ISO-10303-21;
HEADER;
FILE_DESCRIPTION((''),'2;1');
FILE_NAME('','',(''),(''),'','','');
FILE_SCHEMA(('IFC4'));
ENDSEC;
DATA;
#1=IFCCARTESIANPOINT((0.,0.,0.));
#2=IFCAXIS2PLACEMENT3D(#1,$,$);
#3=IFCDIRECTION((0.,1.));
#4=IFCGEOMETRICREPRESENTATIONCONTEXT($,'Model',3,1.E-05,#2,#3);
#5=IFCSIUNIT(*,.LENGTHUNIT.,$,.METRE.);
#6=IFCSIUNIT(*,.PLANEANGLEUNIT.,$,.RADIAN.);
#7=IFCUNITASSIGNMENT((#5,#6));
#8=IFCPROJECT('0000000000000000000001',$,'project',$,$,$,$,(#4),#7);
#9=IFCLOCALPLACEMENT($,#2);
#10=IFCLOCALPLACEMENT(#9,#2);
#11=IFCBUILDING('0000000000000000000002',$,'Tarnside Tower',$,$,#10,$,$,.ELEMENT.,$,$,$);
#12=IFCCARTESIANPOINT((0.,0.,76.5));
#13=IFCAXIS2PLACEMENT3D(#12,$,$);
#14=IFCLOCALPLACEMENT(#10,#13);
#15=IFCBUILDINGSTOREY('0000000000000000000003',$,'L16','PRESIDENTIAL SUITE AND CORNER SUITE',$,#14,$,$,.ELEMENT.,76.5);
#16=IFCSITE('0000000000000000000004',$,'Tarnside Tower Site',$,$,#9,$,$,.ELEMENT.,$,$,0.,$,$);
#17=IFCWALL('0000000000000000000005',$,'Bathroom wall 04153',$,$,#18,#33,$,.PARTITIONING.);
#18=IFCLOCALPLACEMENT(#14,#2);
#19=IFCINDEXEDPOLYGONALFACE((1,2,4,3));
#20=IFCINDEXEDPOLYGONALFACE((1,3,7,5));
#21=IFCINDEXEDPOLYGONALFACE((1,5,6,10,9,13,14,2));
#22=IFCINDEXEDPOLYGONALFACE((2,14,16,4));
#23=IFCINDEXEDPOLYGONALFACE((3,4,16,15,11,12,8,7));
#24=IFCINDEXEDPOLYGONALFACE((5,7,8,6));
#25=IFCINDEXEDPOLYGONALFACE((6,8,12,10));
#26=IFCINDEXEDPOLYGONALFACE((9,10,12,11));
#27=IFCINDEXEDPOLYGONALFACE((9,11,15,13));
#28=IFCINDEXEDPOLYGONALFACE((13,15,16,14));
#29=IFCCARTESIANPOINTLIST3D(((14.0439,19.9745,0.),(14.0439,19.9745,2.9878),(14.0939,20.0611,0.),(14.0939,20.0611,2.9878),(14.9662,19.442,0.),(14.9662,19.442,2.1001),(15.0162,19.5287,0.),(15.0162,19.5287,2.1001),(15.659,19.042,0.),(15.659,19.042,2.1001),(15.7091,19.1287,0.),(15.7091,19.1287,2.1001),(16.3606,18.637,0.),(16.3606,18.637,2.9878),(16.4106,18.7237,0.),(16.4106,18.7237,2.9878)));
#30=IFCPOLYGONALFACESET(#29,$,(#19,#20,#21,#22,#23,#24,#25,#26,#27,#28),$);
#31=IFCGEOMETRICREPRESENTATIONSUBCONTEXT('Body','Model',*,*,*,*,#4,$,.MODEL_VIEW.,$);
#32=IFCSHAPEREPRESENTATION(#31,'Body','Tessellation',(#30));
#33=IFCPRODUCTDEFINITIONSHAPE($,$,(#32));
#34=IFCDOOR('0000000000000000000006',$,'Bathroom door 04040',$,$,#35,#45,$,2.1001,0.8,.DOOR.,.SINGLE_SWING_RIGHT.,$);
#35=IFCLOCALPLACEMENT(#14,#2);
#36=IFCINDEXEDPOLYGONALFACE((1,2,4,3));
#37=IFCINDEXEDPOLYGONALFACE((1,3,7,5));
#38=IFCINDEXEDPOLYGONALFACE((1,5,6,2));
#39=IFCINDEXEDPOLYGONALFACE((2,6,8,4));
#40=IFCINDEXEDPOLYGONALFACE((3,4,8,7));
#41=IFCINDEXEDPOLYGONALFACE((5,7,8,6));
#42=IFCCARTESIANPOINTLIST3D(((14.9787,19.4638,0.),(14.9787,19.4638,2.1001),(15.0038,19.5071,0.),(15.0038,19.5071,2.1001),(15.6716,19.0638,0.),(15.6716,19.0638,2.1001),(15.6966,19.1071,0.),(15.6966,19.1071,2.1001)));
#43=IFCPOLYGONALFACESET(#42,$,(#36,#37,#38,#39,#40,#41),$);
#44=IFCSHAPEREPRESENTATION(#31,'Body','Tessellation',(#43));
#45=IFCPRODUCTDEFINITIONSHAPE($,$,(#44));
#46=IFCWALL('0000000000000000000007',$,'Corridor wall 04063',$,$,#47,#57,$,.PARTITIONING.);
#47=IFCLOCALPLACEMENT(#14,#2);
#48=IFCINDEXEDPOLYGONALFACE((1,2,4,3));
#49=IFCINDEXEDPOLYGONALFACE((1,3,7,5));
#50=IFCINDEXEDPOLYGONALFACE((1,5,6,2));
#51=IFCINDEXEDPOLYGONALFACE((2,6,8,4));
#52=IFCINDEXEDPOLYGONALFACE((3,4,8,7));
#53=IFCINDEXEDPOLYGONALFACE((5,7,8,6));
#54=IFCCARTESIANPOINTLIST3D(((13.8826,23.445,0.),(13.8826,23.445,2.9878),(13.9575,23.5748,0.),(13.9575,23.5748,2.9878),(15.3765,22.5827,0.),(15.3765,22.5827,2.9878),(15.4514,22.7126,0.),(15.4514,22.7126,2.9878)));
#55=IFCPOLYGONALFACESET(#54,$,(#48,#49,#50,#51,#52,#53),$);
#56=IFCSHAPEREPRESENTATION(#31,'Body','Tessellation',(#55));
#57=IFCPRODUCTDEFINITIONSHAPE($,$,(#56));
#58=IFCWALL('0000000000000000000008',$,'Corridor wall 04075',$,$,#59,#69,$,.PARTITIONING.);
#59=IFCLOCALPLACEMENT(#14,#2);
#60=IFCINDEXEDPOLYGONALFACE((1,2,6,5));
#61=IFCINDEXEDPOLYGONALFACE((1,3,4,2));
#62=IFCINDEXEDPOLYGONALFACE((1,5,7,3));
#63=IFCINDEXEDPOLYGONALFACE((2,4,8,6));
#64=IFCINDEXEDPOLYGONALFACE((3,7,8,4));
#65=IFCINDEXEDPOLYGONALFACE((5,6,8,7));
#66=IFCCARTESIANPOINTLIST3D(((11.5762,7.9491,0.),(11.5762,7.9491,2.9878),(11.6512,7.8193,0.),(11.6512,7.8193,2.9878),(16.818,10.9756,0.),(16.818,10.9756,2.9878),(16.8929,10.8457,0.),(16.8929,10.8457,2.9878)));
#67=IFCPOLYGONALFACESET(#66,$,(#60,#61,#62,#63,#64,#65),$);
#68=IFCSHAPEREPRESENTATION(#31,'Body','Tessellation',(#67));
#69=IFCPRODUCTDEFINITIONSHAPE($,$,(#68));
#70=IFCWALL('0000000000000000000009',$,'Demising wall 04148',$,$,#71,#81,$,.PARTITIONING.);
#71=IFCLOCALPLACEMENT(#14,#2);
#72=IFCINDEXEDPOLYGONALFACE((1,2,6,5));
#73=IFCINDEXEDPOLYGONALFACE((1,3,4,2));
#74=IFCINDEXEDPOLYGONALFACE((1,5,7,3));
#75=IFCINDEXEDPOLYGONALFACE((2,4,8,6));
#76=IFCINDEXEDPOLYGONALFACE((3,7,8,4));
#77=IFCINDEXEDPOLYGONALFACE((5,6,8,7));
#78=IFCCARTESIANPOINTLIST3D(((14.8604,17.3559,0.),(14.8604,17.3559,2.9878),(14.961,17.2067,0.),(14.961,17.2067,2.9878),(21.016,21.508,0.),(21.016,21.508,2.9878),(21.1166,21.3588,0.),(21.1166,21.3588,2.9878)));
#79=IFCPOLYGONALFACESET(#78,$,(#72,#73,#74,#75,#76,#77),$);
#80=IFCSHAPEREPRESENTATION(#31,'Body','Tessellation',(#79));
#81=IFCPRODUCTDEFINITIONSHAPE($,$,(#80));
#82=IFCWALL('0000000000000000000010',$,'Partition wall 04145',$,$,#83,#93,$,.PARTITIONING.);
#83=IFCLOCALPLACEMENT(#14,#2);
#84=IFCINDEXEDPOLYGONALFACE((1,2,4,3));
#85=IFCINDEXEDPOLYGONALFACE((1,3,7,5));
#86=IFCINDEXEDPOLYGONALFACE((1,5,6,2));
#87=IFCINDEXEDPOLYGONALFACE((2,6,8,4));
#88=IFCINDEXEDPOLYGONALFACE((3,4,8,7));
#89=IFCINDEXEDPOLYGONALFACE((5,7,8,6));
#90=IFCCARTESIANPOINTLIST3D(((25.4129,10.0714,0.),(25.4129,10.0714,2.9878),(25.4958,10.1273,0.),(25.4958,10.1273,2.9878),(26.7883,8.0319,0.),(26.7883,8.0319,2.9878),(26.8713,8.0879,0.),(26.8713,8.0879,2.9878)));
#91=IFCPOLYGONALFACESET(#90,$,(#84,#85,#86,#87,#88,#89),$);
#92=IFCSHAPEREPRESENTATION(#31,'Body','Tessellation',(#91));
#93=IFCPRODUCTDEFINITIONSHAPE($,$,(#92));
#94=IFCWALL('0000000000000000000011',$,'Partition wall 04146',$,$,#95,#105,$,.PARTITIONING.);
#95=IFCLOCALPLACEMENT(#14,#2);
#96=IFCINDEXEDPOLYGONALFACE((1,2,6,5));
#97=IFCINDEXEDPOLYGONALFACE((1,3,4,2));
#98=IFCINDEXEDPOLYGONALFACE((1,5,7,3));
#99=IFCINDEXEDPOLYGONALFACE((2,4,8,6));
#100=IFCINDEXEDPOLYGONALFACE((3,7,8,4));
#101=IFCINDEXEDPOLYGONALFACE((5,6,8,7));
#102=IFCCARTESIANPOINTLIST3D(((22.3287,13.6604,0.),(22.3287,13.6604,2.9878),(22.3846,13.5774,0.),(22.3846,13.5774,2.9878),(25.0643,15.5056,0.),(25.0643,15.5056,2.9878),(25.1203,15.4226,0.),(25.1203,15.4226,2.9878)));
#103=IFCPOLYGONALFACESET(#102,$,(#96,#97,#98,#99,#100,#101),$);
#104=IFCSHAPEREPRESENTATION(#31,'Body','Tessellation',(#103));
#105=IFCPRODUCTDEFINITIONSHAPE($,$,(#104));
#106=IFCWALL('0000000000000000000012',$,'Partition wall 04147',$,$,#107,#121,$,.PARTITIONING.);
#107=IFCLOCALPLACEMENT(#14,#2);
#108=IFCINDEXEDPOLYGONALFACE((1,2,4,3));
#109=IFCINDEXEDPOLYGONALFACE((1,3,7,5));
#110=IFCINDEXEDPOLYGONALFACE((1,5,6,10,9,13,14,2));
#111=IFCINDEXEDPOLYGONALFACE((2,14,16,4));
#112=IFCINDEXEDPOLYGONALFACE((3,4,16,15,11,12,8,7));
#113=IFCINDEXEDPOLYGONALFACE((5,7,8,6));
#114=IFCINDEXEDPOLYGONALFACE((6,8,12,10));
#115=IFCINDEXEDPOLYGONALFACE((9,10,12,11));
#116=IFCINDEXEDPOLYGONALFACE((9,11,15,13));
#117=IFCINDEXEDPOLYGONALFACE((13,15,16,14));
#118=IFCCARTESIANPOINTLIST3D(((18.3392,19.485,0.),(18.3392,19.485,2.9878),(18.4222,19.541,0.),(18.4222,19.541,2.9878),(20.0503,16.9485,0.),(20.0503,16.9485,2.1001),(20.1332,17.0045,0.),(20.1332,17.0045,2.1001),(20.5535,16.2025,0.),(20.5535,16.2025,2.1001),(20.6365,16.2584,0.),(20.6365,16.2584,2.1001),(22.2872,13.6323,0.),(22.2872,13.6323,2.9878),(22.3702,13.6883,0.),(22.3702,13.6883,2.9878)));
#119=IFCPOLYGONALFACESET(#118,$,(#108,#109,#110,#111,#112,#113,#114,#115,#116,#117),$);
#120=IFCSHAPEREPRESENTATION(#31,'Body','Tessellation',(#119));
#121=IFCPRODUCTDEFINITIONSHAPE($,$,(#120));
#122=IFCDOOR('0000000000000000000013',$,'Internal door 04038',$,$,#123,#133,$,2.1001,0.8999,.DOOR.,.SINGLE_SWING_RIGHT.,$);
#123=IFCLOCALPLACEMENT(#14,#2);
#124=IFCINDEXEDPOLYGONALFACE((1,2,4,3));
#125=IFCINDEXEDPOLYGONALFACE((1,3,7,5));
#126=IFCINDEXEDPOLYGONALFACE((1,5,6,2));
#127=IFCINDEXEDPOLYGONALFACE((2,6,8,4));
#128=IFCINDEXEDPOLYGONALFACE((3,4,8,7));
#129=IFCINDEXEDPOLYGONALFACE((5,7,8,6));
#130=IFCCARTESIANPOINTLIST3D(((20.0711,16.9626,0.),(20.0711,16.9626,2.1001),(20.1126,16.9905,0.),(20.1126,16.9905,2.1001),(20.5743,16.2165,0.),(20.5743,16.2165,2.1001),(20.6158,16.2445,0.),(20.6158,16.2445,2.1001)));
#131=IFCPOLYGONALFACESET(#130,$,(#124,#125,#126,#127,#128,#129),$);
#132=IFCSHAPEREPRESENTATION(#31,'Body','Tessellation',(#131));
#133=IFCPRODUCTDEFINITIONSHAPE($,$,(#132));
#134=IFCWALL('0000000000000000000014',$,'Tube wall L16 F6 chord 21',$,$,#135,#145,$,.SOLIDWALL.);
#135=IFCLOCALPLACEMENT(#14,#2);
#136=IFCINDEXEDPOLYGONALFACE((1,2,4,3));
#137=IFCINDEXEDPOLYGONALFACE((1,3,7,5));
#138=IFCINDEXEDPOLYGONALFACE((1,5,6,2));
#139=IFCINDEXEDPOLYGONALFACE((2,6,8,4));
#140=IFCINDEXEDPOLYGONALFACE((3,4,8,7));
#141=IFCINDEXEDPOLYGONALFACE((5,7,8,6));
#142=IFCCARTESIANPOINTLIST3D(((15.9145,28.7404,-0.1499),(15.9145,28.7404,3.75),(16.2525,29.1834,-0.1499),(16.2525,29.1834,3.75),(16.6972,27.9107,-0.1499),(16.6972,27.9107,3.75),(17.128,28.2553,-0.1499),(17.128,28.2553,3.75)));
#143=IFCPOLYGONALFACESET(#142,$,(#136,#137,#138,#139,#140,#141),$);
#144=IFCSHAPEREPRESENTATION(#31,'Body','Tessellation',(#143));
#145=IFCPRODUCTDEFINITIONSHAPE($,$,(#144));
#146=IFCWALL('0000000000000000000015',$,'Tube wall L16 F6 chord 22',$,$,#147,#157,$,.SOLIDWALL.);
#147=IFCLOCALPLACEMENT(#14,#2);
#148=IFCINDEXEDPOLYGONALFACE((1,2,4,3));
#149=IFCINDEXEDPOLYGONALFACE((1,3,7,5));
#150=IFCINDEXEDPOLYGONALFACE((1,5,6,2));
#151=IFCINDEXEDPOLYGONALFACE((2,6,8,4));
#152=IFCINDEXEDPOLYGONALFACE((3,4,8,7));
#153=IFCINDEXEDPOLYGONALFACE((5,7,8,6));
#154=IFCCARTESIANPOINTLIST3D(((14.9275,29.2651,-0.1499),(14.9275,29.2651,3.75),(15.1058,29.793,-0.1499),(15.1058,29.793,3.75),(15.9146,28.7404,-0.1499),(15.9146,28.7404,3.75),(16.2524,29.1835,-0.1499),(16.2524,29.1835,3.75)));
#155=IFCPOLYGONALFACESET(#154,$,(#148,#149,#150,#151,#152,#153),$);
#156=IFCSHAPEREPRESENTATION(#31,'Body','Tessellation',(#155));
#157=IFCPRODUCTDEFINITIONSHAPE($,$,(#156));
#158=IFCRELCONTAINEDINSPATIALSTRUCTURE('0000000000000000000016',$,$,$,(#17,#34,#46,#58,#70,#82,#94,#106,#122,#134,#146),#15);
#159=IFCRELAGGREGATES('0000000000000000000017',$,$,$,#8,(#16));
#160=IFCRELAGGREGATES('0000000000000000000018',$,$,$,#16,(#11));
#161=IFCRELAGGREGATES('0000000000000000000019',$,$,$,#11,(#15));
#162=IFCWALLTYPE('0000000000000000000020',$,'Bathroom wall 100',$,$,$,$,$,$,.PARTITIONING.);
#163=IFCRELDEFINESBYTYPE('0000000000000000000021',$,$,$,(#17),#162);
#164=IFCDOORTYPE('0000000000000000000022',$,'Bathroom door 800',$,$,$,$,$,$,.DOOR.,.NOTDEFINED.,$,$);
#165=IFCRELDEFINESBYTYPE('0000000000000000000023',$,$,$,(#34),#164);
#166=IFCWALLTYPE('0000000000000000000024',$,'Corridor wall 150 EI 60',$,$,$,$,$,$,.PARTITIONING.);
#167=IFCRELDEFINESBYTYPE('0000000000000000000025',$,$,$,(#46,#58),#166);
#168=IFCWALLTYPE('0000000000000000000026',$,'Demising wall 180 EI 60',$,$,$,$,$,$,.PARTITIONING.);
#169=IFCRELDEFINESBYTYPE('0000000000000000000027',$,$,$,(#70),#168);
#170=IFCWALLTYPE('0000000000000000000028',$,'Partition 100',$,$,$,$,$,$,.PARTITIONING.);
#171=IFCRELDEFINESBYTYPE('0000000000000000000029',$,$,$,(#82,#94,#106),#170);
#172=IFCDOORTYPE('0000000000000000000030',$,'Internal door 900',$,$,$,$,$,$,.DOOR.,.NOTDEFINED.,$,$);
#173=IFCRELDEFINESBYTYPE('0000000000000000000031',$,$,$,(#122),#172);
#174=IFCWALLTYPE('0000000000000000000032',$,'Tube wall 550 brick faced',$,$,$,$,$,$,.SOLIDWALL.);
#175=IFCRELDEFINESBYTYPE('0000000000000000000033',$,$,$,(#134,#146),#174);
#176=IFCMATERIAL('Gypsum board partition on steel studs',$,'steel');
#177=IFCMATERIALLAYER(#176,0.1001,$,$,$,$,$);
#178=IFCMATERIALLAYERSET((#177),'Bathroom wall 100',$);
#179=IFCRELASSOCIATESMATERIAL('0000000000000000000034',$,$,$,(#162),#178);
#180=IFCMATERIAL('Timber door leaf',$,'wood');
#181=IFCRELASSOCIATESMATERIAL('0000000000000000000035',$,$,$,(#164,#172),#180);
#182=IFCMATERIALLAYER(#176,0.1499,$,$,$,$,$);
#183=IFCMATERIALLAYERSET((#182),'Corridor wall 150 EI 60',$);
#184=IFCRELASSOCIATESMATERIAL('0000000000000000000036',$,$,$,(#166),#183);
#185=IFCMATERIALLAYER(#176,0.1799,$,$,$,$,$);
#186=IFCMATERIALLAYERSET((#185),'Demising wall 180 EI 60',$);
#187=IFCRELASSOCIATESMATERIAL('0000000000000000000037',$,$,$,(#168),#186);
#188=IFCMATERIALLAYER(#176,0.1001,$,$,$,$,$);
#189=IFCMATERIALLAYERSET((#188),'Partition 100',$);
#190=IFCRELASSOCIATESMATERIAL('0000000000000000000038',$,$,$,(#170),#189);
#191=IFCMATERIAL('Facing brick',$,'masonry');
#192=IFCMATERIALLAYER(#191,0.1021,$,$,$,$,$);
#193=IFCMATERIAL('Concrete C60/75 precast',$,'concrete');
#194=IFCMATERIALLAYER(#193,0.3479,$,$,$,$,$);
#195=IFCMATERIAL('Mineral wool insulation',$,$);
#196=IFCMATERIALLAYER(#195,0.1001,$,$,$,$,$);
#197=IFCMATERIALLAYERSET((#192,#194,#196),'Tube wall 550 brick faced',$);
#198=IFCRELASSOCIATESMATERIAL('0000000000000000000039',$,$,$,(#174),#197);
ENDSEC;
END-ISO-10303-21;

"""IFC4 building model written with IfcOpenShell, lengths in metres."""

from ifc_helpers import new_model, si_unit, direction, frame, frame_2d, origin, place, context, subcontext, project, spatial, polyline, rectangle, outline, extrude, material, layer, layer_set, type_object, element, fill, save


model = new_model("IFC4")

# Units and contexts
model_context = context("Model", 3, precision=1e-05, world=origin(), true_north=direction((0.0, 1.0)))
body_context = subcontext(model_context, "Body", "Model", "MODEL_VIEW")
ifc_project = project(units=[si_unit("LENGTHUNIT", "METRE"), si_unit("PLANEANGLEUNIT", "RADIAN")], contexts=[model_context])

# Site, building, storey
site_placement = place(None, origin())
site = spatial("IfcSite", under=ifc_project, at=site_placement, Name="Tarnside Tower Site", CompositionType="ELEMENT", RefElevation=0.0)
building_placement = place(site_placement, origin())
building = spatial("IfcBuilding", under=site, at=building_placement, Name="Tarnside Tower", CompositionType="ELEMENT")
storey_placement = place(building_placement, frame((0.0, 0.0, 76.5)))
storey = spatial("IfcBuildingStorey", under=building, at=storey_placement, Name="L16", Description="PRESIDENTIAL SUITE AND CORNER SUITE", CompositionType="ELEMENT", Elevation=76.5)

# Shared definitions
ifc_material_1 = material(Name="Gypsum board partition on steel studs", Category="steel")
ifc_layer_1 = layer(ifc_material_1, 0.1001)
ifc_layer_set_1 = layer_set([ifc_layer_1], Name="Bathroom wall 100")
wall_type_1 = type_object("IfcWallType", Name="Bathroom wall 100", PredefinedType="PARTITIONING", material=ifc_layer_set_1)

# Wall, opening, door
wall_1_placement = place(storey_placement, frame((16.3855, 18.6804, 0.0), z_axis=(0.0, 0.0, 1.0), x_axis=(-0.866044, 0.499967, 0.0)))
wall_1 = element("IfcWall", 1, at=wall_1_placement, inside=storey, type_object=wall_type_1, Name="Bathroom wall 04153", PredefinedType="PARTITIONING", context=body_context, shape_type="SweptSolid", body=[
    extrude(rectangle(XDim=2.675, YDim=0.1001, at=frame_2d((1.3374, 0.0))), origin(), (0.0, 0.0, 1.0), 2.9878),
])
opening_1_placement = place(wall_1_placement, frame((0.8101, 0.0, 0.0)))
opening_1 = element("IfcOpeningElement", 2, at=opening_1_placement, cuts=wall_1, PredefinedType="OPENING", context=body_context, shape_type="SweptSolid", body=[
    extrude(rectangle(XDim=0.8, YDim=2.1001, at=frame_2d((0.3999, 1.05))), frame((0.0, 0.0601, 0.0), z_axis=(0.0, -1.0, 0.0), x_axis=(1.0, 0.0, 0.0)), (0.0, 0.0, 1.0), 0.1201),
])
ifc_material_2 = material(Name="Timber door leaf", Category="wood")
door_type_1 = type_object("IfcDoorType", Name="Bathroom door 800", OperationType="NOTDEFINED", PredefinedType="DOOR", material=ifc_material_2)
door_1_placement = place(opening_1_placement, origin())
door_1 = element("IfcDoor", 3, at=door_1_placement, inside=storey, type_object=door_type_1, Name="Bathroom door 04040", OperationType="SINGLE_SWING_RIGHT", OverallHeight=2.1001, OverallWidth=0.8, PredefinedType="DOOR", context=body_context, shape_type="SweptSolid", body=[
    extrude(rectangle(XDim=0.8, YDim=2.1001, at=frame_2d((0.3999, 1.05))), frame((0.0, 0.0249, 0.0), z_axis=(0.0, -1.0, 0.0), x_axis=(1.0, 0.0, 0.0)), (0.0, 0.0, 1.0), 0.05),
])
fill(opening_1, door_1)

# Walls
ifc_layer_2 = layer(ifc_material_1, 0.1499)
ifc_layer_set_2 = layer_set([ifc_layer_2], Name="Corridor wall 150 EI 60")
wall_type_2 = type_object("IfcWallType", Name="Corridor wall 150 EI 60", PredefinedType="PARTITIONING", material=ifc_layer_set_2)
wall_2_placement = place(storey_placement, frame((15.4138, 22.6477, 0.0), z_axis=(0.0, 0.0, 1.0), x_axis=(-0.866075, 0.499914, 0.0)))
element("IfcWall", 4, at=wall_2_placement, inside=storey, type_object=wall_type_2, Name="Corridor wall 04063", PredefinedType="PARTITIONING", context=body_context, shape_type="SweptSolid", body=[
    extrude(rectangle(XDim=1.7249, YDim=0.1499, at=frame_2d((0.8623, 0.0))), origin(), (0.0, 0.0, 1.0), 2.9878),
])
wall_3_placement = place(storey_placement, frame((16.8555, 10.9106, 0.0), z_axis=(0.0, 0.0, 1.0), x_axis=(-0.86602, -0.500009, 0.0)))
element("IfcWall", 5, at=wall_3_placement, inside=storey, type_object=wall_type_2, Name="Corridor wall 04075", PredefinedType="PARTITIONING", context=body_context, shape_type="SweptSolid", body=[
    extrude(rectangle(XDim=6.0527, YDim=0.1499, at=frame_2d((3.0264, 0.0))), origin(), (0.0, 0.0, 1.0), 2.9878),
])
ifc_layer_3 = layer(ifc_material_1, 0.1799)
ifc_layer_set_3 = layer_set([ifc_layer_3], Name="Demising wall 180 EI 60")
wall_type_3 = type_object("IfcWallType", Name="Demising wall 180 EI 60", PredefinedType="PARTITIONING", material=ifc_layer_set_3)
wall_4_placement = place(storey_placement, frame((21.0662, 21.4333, 0.0), z_axis=(0.0, 0.0, 1.0), x_axis=(-0.829028, -0.559207, 0.0)))
element("IfcWall", 6, at=wall_4_placement, inside=storey, type_object=wall_type_3, Name="Demising wall 04148", PredefinedType="PARTITIONING", context=body_context, shape_type="SweptSolid", body=[
    extrude(rectangle(XDim=7.425, YDim=0.1799, at=frame_2d((3.7124, 0.0))), origin(), (0.0, 0.0, 1.0), 2.9878),
])
ifc_layer_4 = layer(ifc_material_1, 0.1001)
ifc_layer_set_4 = layer_set([ifc_layer_4], Name="Partition 100")
wall_type_4 = type_object("IfcWallType", Name="Partition 100", PredefinedType="PARTITIONING", material=ifc_layer_set_4)
wall_5_placement = place(storey_placement, frame((25.4543, 10.0994, 0.0), z_axis=(0.0, 0.0, 1.0), x_axis=(0.559135, -0.829076, 0.0)))
element("IfcWall", 7, at=wall_5_placement, inside=storey, type_object=wall_type_4, Name="Partition wall 04145", PredefinedType="PARTITIONING", context=body_context, shape_type="SweptSolid", body=[
    extrude(rectangle(XDim=2.46, YDim=0.1001, at=frame_2d((1.23, 0.0))), origin(), (0.0, 0.0, 1.0), 2.9878),
])
wall_6_placement = place(storey_placement, frame((25.0923, 15.4641, 0.0), z_axis=(0.0, 0.0, 1.0), x_axis=(-0.829033, -0.5592, 0.0)))
element("IfcWall", 8, at=wall_6_placement, inside=storey, type_object=wall_type_4, Name="Partition wall 04146", PredefinedType="PARTITIONING", context=body_context, shape_type="SweptSolid", body=[
    extrude(rectangle(XDim=3.2998, YDim=0.1001, at=frame_2d((1.6499, 0.0))), origin(), (0.0, 0.0, 1.0), 2.9878),
])

# Wall, opening, door
wall_7_placement = place(storey_placement, frame((22.3286, 13.6604, 0.0), z_axis=(0.0, 0.0, 1.0), x_axis=(-0.559217, 0.829021, 0.0)))
wall_7 = element("IfcWall", 9, at=wall_7_placement, inside=storey, type_object=wall_type_4, Name="Partition wall 04147", PredefinedType="PARTITIONING", context=body_context, shape_type="SweptSolid", body=[
    extrude(rectangle(XDim=7.0598, YDim=0.1001, at=frame_2d((3.5298, 0.0))), origin(), (0.0, 0.0, 1.0), 2.9878),
])
opening_2_placement = place(wall_7_placement, frame((3.1001, 0.0, 0.0)))
opening_2 = element("IfcOpeningElement", 10, at=opening_2_placement, cuts=wall_7, PredefinedType="OPENING", context=body_context, shape_type="SweptSolid", body=[
    extrude(rectangle(XDim=0.8999, YDim=2.1001, at=frame_2d((0.45, 1.05))), frame((0.0, 0.0601, 0.0), z_axis=(0.0, -1.0, 0.0), x_axis=(1.0, 0.0, 0.0)), (0.0, 0.0, 1.0), 0.1201),
])
door_type_2 = type_object("IfcDoorType", Name="Internal door 900", OperationType="NOTDEFINED", PredefinedType="DOOR", material=ifc_material_2)
door_2_placement = place(opening_2_placement, origin())
door_2 = element("IfcDoor", 11, at=door_2_placement, inside=storey, type_object=door_type_2, Name="Internal door 04038", OperationType="SINGLE_SWING_RIGHT", OverallHeight=2.1001, OverallWidth=0.8999, PredefinedType="DOOR", context=body_context, shape_type="SweptSolid", body=[
    extrude(rectangle(XDim=0.8999, YDim=2.1001, at=frame_2d((0.45, 1.05))), frame((0.0, 0.0249, 0.0), z_axis=(0.0, -1.0, 0.0), x_axis=(1.0, 0.0, 0.0)), (0.0, 0.0, 1.0), 0.05),
])
fill(opening_2, door_2)

# Walls
ifc_material_3 = material(Name="Facing brick", Category="masonry")
ifc_layer_5 = layer(ifc_material_3, 0.1021)
ifc_material_4 = material(Name="Concrete C60/75 precast", Category="concrete")
ifc_layer_6 = layer(ifc_material_4, 0.3479)
ifc_material_5 = material(Name="Mineral wool insulation")
ifc_layer_7 = layer(ifc_material_5, 0.1001)
ifc_layer_set_5 = layer_set([ifc_layer_5, ifc_layer_6, ifc_layer_7], Name="Tube wall 550 brick faced")
wall_type_5 = type_object("IfcWallType", Name="Tube wall 550 brick faced", PredefinedType="SOLIDWALL", material=ifc_layer_set_5)
wall_8_placement = place(storey_placement, frame((16.9126, 28.083, -0.1499), z_axis=(0.0, 0.0, 1.0), x_axis=(-0.686196, 0.727416, 0.0)))
element("IfcWall", 12, at=wall_8_placement, inside=storey, type_object=wall_type_5, Name="Tube wall L16 F6 chord 21", PredefinedType="SOLIDWALL", context=body_context, shape_type="SweptSolid", body=[
    extrude(outline(polyline([(-0.0225, -0.2749), (1.2534, -0.2749), (1.1631, 0.2749), (0.0225, 0.2749), (-0.0225, -0.2749)])), origin(), (0.0, 0.0, 1.0), 3.8999),
])
wall_9_placement = place(storey_placement, frame((16.0835, 28.9619, -0.1499), z_axis=(0.0, 0.0, 1.0), x_axis=(-0.882995, 0.469382, 0.0)))
element("IfcWall", 13, at=wall_9_placement, inside=storey, type_object=wall_type_5, Name="Tube wall L16 F6 chord 22", PredefinedType="SOLIDWALL", context=body_context, shape_type="SweptSolid", body=[
    extrude(outline(polyline([(-0.0452, -0.2749), (1.2534, -0.2749), (1.1631, 0.2749), (0.0452, 0.2749), (-0.0452, -0.2749)])), origin(), (0.0, 0.0, 1.0), 3.8999),
])

save(model, "model.ifc")
